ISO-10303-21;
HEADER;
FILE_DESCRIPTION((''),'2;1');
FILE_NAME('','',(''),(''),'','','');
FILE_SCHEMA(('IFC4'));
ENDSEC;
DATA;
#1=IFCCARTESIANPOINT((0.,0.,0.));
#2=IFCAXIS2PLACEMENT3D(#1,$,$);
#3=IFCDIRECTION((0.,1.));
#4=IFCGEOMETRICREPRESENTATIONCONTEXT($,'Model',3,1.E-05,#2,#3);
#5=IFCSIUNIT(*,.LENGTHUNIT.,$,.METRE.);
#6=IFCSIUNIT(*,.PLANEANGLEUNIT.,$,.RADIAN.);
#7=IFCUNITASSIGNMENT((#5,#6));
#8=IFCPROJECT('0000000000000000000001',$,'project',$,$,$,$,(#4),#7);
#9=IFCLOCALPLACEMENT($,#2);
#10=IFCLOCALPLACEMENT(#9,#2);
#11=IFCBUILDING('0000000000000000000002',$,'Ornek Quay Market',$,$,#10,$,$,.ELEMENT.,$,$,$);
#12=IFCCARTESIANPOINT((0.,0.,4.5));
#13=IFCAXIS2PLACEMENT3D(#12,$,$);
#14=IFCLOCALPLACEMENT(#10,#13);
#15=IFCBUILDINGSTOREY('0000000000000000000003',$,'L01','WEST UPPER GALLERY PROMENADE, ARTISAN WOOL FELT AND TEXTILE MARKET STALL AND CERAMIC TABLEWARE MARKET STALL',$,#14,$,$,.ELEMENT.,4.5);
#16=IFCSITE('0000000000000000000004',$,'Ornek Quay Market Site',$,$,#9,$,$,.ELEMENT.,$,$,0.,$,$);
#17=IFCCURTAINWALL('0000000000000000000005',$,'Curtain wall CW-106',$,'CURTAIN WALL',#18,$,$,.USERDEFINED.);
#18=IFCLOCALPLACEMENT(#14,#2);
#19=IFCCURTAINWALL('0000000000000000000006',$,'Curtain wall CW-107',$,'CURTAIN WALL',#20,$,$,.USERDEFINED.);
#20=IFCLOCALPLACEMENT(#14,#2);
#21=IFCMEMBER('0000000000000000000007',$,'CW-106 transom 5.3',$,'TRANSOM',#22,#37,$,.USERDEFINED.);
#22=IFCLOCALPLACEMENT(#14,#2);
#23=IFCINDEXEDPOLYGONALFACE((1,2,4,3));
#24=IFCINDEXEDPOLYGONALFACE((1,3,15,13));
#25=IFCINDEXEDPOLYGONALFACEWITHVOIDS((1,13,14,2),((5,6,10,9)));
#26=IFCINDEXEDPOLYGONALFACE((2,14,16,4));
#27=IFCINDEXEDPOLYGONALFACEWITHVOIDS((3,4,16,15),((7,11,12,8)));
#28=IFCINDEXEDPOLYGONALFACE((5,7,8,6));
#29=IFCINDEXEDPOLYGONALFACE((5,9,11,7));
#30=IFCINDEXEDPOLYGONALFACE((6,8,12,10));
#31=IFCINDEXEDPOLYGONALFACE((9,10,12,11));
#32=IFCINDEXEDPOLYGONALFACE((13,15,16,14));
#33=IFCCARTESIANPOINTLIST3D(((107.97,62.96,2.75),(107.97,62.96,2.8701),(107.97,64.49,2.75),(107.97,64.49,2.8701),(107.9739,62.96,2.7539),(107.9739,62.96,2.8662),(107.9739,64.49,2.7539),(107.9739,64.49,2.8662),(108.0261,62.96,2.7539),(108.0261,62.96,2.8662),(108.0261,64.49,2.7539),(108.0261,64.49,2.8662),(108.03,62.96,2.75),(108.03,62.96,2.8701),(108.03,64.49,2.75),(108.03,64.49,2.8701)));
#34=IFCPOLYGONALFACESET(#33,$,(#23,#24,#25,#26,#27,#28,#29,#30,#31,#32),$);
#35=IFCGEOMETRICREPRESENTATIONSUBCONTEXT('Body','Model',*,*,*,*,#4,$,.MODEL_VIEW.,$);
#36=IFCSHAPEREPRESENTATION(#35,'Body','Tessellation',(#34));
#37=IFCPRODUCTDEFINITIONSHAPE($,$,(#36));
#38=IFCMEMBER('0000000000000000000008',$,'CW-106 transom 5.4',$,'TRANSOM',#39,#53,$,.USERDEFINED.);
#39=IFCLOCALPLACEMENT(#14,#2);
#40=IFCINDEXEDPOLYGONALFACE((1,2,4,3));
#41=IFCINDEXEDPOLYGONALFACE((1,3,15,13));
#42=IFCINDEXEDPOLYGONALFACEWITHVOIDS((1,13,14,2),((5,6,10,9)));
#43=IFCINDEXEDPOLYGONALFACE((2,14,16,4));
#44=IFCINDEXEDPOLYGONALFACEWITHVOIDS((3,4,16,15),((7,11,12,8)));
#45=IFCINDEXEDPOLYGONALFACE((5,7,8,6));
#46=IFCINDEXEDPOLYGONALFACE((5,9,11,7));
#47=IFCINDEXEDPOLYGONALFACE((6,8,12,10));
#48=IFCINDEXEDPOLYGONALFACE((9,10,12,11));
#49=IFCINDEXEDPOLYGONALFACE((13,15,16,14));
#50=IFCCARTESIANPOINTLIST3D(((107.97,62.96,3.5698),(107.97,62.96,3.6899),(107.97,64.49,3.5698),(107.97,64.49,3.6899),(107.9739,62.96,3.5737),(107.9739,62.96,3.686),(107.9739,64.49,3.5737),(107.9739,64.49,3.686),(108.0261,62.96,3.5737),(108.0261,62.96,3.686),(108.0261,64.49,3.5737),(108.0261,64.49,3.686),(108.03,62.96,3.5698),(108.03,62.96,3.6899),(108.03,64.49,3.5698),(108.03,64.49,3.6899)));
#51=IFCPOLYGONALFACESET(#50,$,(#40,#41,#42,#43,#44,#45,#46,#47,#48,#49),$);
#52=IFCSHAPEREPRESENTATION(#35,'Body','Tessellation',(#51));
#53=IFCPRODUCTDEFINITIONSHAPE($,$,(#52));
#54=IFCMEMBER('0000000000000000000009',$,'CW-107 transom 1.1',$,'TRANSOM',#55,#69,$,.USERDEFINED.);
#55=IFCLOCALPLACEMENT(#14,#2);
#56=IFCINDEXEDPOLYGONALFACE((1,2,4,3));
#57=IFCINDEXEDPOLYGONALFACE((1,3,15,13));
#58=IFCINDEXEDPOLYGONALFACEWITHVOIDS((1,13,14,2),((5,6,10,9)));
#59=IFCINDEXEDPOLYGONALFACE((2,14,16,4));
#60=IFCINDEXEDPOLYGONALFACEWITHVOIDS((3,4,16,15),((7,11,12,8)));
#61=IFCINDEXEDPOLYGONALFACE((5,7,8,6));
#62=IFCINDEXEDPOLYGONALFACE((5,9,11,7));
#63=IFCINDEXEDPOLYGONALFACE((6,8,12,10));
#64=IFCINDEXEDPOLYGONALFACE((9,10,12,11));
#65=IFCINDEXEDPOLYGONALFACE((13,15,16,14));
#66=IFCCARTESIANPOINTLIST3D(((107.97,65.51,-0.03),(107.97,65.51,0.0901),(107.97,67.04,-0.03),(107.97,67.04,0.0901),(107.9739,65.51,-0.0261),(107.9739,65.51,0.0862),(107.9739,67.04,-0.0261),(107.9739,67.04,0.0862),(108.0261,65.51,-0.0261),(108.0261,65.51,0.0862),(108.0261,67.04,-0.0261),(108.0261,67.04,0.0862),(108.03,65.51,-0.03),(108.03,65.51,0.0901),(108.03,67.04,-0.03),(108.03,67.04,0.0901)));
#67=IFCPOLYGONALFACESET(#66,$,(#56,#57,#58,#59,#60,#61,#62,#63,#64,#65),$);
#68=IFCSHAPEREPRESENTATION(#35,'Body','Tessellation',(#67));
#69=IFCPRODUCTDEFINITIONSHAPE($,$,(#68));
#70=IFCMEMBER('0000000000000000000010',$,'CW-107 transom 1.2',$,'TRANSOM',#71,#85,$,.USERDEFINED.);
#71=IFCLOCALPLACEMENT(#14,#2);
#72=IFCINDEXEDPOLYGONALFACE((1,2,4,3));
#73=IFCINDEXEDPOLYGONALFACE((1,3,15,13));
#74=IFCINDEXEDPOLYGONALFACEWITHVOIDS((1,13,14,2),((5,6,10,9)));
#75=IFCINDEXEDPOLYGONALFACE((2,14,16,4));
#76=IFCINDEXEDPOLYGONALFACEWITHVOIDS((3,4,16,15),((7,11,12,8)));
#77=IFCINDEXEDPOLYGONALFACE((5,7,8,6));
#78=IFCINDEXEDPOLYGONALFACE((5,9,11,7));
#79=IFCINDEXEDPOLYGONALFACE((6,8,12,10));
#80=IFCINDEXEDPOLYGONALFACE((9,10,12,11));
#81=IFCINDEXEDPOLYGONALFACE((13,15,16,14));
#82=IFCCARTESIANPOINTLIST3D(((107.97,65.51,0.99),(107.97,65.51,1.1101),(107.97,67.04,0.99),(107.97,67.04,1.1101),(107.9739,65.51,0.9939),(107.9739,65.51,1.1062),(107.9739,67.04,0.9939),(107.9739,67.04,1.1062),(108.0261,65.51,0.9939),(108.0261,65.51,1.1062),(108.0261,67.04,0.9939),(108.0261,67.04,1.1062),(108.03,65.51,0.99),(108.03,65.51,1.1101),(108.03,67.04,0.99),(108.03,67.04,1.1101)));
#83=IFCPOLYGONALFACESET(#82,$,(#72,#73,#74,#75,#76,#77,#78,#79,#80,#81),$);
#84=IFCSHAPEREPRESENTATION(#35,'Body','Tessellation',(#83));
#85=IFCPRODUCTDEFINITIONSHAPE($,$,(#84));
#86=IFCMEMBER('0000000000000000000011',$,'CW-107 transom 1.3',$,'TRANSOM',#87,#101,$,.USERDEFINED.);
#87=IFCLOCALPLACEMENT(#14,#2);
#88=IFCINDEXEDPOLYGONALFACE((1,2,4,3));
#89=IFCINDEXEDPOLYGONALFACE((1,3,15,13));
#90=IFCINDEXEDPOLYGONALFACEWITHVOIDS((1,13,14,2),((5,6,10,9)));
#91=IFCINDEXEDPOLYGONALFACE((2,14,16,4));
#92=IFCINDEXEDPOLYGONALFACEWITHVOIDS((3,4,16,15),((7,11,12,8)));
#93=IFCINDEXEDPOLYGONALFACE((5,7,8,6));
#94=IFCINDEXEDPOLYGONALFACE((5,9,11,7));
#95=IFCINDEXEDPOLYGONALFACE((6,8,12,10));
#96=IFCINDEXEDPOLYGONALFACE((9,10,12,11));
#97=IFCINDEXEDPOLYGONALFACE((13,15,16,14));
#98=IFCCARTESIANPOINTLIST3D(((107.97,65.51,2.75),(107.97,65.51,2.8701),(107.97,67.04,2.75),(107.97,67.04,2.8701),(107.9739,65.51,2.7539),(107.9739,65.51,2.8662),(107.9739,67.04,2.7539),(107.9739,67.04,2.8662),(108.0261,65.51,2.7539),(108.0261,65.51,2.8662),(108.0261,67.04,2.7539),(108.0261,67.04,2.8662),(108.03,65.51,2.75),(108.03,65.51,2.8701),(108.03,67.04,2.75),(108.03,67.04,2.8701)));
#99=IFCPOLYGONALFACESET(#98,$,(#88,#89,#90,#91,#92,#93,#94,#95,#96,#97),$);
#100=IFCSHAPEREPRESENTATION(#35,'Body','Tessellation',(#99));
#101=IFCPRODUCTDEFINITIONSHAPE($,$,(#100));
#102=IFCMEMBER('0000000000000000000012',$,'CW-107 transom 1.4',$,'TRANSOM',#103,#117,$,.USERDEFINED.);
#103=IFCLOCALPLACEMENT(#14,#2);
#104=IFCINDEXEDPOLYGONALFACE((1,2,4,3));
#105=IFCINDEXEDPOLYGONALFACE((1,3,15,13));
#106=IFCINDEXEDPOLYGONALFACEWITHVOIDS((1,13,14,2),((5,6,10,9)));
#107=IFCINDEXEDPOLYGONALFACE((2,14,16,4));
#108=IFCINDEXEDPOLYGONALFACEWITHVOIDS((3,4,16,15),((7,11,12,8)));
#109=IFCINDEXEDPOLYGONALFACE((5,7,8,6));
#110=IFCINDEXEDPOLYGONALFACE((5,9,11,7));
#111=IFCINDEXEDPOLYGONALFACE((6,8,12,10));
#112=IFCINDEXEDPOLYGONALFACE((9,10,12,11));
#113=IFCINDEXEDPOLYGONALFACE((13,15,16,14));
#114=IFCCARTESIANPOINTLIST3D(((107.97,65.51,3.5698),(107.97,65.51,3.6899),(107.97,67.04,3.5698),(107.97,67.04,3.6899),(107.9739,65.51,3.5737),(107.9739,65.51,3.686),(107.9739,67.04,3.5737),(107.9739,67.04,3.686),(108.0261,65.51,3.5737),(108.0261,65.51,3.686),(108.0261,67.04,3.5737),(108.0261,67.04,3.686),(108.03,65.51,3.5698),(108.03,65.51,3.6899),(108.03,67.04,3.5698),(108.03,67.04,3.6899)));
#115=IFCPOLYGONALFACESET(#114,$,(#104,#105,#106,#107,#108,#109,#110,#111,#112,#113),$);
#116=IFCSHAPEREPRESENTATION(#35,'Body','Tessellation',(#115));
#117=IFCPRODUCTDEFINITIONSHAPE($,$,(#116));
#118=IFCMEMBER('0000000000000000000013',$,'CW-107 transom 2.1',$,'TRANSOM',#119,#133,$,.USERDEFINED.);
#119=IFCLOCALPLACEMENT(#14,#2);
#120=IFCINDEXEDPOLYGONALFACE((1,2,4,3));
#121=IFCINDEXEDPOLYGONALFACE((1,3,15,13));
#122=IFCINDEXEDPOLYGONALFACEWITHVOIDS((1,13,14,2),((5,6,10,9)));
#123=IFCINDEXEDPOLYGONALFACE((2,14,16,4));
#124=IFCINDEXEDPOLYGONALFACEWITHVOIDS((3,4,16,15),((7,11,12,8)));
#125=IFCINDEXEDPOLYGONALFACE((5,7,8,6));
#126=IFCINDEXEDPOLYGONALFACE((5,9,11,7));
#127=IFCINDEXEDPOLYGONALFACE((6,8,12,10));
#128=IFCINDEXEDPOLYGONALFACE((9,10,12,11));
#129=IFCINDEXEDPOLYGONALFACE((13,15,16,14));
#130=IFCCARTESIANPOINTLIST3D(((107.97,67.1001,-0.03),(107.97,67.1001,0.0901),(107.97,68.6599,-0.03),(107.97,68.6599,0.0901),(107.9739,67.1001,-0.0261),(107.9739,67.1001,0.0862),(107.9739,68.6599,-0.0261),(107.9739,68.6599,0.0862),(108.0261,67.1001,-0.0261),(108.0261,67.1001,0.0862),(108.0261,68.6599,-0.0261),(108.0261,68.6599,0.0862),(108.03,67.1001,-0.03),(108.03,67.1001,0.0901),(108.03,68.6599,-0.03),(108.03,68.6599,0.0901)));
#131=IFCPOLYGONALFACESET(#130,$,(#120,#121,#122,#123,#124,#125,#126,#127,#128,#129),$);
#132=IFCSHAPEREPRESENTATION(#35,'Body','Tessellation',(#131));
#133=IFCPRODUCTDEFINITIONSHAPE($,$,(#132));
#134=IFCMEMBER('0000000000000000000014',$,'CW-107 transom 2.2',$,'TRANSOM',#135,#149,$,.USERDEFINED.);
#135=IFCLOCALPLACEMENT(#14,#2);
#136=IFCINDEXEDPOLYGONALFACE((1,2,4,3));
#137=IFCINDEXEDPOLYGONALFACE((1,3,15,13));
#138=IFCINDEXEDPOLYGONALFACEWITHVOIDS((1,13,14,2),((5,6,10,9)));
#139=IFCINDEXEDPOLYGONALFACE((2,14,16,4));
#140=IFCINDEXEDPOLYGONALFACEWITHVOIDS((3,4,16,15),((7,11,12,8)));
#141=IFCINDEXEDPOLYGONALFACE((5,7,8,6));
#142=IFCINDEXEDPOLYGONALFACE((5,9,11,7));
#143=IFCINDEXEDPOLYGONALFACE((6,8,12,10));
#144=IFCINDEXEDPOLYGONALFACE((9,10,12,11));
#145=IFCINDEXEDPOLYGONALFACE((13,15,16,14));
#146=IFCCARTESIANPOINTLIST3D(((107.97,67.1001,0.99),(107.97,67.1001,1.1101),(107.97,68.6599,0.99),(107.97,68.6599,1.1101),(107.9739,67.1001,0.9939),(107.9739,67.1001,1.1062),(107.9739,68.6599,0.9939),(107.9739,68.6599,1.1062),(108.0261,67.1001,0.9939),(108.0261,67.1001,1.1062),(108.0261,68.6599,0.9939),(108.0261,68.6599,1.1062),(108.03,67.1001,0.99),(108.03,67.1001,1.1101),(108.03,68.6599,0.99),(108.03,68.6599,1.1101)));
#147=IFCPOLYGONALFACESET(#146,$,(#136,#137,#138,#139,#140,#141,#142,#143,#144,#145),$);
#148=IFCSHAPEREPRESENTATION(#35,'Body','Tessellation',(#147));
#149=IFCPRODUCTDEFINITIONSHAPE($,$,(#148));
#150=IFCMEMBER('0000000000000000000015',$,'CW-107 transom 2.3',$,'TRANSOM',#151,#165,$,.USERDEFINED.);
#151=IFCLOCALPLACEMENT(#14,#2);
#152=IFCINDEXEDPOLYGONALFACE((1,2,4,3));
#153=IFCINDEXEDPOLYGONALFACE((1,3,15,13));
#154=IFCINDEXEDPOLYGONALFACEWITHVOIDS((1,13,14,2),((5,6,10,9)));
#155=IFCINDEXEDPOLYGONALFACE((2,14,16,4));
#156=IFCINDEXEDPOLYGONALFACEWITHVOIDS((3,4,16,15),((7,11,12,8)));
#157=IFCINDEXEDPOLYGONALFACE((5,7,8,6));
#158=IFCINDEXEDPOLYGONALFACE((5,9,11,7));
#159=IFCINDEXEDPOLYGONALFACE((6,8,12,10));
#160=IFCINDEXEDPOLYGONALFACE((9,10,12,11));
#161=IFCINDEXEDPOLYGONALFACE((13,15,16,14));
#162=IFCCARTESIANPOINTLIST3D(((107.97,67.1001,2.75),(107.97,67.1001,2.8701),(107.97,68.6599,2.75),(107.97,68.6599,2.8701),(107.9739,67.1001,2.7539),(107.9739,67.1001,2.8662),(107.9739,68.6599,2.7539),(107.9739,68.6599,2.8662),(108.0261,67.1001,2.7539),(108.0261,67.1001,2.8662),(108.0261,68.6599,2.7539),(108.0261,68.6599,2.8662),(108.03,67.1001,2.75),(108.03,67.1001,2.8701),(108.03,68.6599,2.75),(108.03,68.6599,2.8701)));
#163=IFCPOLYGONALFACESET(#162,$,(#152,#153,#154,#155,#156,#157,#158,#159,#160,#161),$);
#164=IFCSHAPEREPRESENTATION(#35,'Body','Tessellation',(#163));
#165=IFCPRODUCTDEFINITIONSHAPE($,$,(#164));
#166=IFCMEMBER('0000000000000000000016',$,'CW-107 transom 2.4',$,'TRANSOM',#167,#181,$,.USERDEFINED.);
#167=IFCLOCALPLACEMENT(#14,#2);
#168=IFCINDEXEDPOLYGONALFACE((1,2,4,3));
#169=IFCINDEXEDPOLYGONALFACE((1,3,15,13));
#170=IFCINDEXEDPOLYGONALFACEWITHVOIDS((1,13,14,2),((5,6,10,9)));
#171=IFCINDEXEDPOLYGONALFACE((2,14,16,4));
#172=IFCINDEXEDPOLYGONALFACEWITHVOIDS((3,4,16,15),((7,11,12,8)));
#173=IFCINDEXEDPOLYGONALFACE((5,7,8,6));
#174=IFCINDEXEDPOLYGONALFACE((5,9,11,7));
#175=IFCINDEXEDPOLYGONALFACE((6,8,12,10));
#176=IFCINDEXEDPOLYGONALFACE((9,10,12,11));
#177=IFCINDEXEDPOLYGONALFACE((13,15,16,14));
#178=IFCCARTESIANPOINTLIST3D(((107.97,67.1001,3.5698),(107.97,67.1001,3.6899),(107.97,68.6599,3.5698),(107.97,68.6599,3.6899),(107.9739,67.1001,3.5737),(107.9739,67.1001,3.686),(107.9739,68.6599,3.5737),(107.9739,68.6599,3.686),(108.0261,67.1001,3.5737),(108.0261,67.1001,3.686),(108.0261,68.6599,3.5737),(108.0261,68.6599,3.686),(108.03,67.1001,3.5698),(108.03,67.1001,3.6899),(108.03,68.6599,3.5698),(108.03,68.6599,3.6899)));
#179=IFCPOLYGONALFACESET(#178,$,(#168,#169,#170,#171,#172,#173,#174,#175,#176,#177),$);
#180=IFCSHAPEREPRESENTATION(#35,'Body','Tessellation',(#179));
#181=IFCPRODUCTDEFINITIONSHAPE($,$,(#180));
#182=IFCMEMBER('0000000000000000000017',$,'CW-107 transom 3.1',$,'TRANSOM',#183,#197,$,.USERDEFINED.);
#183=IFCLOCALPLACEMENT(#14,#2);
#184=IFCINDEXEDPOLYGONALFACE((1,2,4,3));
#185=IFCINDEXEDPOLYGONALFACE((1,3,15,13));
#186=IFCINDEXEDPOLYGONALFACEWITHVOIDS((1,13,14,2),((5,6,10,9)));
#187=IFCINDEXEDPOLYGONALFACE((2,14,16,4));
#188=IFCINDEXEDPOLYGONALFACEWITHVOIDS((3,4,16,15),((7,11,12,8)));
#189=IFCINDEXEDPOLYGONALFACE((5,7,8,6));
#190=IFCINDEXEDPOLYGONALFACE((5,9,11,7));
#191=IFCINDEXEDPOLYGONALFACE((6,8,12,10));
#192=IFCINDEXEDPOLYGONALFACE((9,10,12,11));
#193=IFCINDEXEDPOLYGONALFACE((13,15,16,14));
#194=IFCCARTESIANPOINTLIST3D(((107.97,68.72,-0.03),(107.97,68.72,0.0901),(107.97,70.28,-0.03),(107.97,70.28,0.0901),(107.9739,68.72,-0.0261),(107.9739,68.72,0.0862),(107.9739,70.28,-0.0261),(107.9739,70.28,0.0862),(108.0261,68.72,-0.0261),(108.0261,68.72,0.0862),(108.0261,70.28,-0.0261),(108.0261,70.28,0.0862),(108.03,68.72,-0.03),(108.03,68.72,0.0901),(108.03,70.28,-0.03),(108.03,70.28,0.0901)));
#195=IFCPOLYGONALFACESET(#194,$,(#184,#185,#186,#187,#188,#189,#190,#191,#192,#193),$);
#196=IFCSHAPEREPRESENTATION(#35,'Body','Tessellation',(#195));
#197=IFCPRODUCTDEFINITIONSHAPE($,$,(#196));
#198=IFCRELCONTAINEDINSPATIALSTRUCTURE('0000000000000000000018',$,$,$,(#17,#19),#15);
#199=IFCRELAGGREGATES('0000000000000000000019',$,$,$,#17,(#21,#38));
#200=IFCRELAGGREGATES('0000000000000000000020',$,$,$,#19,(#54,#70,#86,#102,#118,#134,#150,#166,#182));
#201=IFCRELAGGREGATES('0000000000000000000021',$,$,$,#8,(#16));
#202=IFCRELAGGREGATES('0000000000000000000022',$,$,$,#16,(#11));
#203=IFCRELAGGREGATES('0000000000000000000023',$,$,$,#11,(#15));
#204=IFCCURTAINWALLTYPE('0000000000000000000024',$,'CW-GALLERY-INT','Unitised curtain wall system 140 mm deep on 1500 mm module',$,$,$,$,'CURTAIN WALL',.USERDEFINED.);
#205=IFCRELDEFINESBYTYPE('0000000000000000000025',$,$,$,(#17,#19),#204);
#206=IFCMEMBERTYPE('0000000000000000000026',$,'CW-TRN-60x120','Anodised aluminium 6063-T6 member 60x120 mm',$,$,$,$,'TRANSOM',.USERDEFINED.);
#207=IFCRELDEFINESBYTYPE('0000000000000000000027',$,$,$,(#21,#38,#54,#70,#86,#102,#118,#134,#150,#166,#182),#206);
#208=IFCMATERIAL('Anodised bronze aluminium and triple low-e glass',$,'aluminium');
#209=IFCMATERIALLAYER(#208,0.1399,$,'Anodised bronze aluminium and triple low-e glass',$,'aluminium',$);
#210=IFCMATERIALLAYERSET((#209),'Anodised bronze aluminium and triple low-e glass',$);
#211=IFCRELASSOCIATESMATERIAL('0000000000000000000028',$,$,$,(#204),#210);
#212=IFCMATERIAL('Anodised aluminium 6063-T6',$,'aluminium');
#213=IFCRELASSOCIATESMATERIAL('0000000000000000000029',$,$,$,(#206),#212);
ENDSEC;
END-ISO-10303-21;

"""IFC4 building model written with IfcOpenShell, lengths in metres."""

from ifc_helpers import new_model, si_unit, direction, frame, origin, origin_2d, place, context, subcontext, project, spatial, hollow_rectangle, extrude, material, layer, layer_set, material_profile, profile_set, type_object, element, aggregate, save


model = new_model("IFC4")

# Units and contexts
model_context = context("Model", 3, precision=1e-05, world=origin(), true_north=direction((0.0, 1.0)))
body_context = subcontext(model_context, "Body", "Model", "MODEL_VIEW")
ifc_project = project(units=[si_unit("LENGTHUNIT", "METRE"), si_unit("PLANEANGLEUNIT", "RADIAN")], contexts=[model_context])

# Site, building, storey
site_placement = place(None, origin())
site = spatial("IfcSite", under=ifc_project, at=site_placement, Name="Ornek Quay Market Site", CompositionType="ELEMENT", RefElevation=0.0)
building_placement = place(site_placement, origin())
building = spatial("IfcBuilding", under=site, at=building_placement, Name="Ornek Quay Market", CompositionType="ELEMENT")
storey_placement = place(building_placement, frame((0.0, 0.0, 4.5)))
storey = spatial("IfcBuildingStorey", under=building, at=storey_placement, Name="L01", Description="WEST UPPER GALLERY PROMENADE, ARTISAN WOOL FELT AND TEXTILE MARKET STALL AND CERAMIC TABLEWARE MARKET STALL", CompositionType="ELEMENT", Elevation=4.5)

# Curtain walls
ifc_material_1 = material(Name="Anodised bronze aluminium and triple low-e glass", Category="aluminium")
ifc_layer_1 = layer(ifc_material_1, 0.1399, Name="Anodised bronze aluminium and triple low-e glass", Category="aluminium")
ifc_layer_set_1 = layer_set([ifc_layer_1], Name="Anodised bronze aluminium and triple low-e glass")
curtain_wall_type = type_object("IfcCurtainWallType", Name="CW-GALLERY-INT", Description="Unitised curtain wall system 140 mm deep on 1500 mm module", ElementType="CURTAIN WALL", PredefinedType="USERDEFINED", material=ifc_layer_set_1)
curtain_wall_1_placement = place(storey_placement, origin())
curtain_wall_1 = element("IfcCurtainWall", 1, at=curtain_wall_1_placement, inside=storey, type_object=curtain_wall_type, Name="Curtain wall CW-106", ObjectType="CURTAIN WALL", PredefinedType="USERDEFINED")
ifc_material_2 = material(Name="Anodised aluminium 6063-T6", Category="aluminium")
curtain_wall_2_placement = place(storey_placement, origin())
curtain_wall_2 = element("IfcCurtainWall", 2, at=curtain_wall_2_placement, inside=storey, type_object=curtain_wall_type, Name="Curtain wall CW-107", ObjectType="CURTAIN WALL", PredefinedType="USERDEFINED")

# Members
ifc_material_profile_1 = material_profile(ifc_material_2, hollow_rectangle(XDim=0.0601, YDim=0.1201, WallThickness=0.0039, at=origin_2d()), Name="CW-TRN-60x120", Category="aluminium")
ifc_profile_set_1 = profile_set([ifc_material_profile_1], Name="Anodised aluminium 6063-T6")
member_type_1 = type_object("IfcMemberType", Name="CW-TRN-60x120", Description="Anodised aluminium 6063-T6 member 60x120 mm", ElementType="TRANSOM", PredefinedType="USERDEFINED", material=ifc_profile_set_1)
member_1_placement = place(storey_placement, frame((108.0, 62.96, 2.8101), z_axis=(0.0, 1.0, 0.0), x_axis=(-1.0, 0.0, 0.0)))
member_1 = element("IfcMember", 3, at=member_1_placement, type_object=member_type_1, Name="CW-106 transom 5.3", ObjectType="TRANSOM", PredefinedType="USERDEFINED", context=body_context, shape_type="SweptSolid", body=[
    extrude(hollow_rectangle(XDim=0.0601, YDim=0.1201, WallThickness=0.0039, at=origin_2d()), origin(), (0.0, 0.0, 1.0), 1.53),
])
member_2_placement = place(storey_placement, frame((108.0, 62.96, 3.6299), z_axis=(0.0, 1.0, 0.0), x_axis=(-1.0, 0.0, 0.0)))
member_2 = element("IfcMember", 4, at=member_2_placement, type_object=member_type_1, Name="CW-106 transom 5.4", ObjectType="TRANSOM", PredefinedType="USERDEFINED", context=body_context, shape_type="SweptSolid", body=[
    extrude(hollow_rectangle(XDim=0.0601, YDim=0.1201, WallThickness=0.0039, at=origin_2d()), origin(), (0.0, 0.0, 1.0), 1.53),
])
member_3_placement = place(storey_placement, frame((108.0, 65.51, 0.03), z_axis=(0.0, 1.0, 0.0), x_axis=(-1.0, 0.0, 0.0)))
member_3 = element("IfcMember", 5, at=member_3_placement, type_object=member_type_1, Name="CW-107 transom 1.1", ObjectType="TRANSOM", PredefinedType="USERDEFINED", context=body_context, shape_type="SweptSolid", body=[
    extrude(hollow_rectangle(XDim=0.0601, YDim=0.1201, WallThickness=0.0039, at=origin_2d()), origin(), (0.0, 0.0, 1.0), 1.53),
])
member_4_placement = place(storey_placement, frame((108.0, 65.51, 1.05), z_axis=(0.0, 1.0, 0.0), x_axis=(-1.0, 0.0, 0.0)))
member_4 = element("IfcMember", 6, at=member_4_placement, type_object=member_type_1, Name="CW-107 transom 1.2", ObjectType="TRANSOM", PredefinedType="USERDEFINED", context=body_context, shape_type="SweptSolid", body=[
    extrude(hollow_rectangle(XDim=0.0601, YDim=0.1201, WallThickness=0.0039, at=origin_2d()), origin(), (0.0, 0.0, 1.0), 1.53),
])
member_5_placement = place(storey_placement, frame((108.0, 65.51, 2.8101), z_axis=(0.0, 1.0, 0.0), x_axis=(-1.0, 0.0, 0.0)))
member_5 = element("IfcMember", 7, at=member_5_placement, type_object=member_type_1, Name="CW-107 transom 1.3", ObjectType="TRANSOM", PredefinedType="USERDEFINED", context=body_context, shape_type="SweptSolid", body=[
    extrude(hollow_rectangle(XDim=0.0601, YDim=0.1201, WallThickness=0.0039, at=origin_2d()), origin(), (0.0, 0.0, 1.0), 1.53),
])
member_6_placement = place(storey_placement, frame((108.0, 65.51, 3.6299), z_axis=(0.0, 1.0, 0.0), x_axis=(-1.0, 0.0, 0.0)))
member_6 = element("IfcMember", 8, at=member_6_placement, type_object=member_type_1, Name="CW-107 transom 1.4", ObjectType="TRANSOM", PredefinedType="USERDEFINED", context=body_context, shape_type="SweptSolid", body=[
    extrude(hollow_rectangle(XDim=0.0601, YDim=0.1201, WallThickness=0.0039, at=origin_2d()), origin(), (0.0, 0.0, 1.0), 1.53),
])
member_7_placement = place(storey_placement, frame((108.0, 67.1001, 0.03), z_axis=(0.0, 1.0, 0.0), x_axis=(-1.0, 0.0, 0.0)))
member_7 = element("IfcMember", 9, at=member_7_placement, type_object=member_type_1, Name="CW-107 transom 2.1", ObjectType="TRANSOM", PredefinedType="USERDEFINED", context=body_context, shape_type="SweptSolid", body=[
    extrude(hollow_rectangle(XDim=0.0601, YDim=0.1201, WallThickness=0.0039, at=origin_2d()), origin(), (0.0, 0.0, 1.0), 1.5598),
])
member_8_placement = place(storey_placement, frame((108.0, 67.1001, 1.05), z_axis=(0.0, 1.0, 0.0), x_axis=(-1.0, 0.0, 0.0)))
member_8 = element("IfcMember", 10, at=member_8_placement, type_object=member_type_1, Name="CW-107 transom 2.2", ObjectType="TRANSOM", PredefinedType="USERDEFINED", context=body_context, shape_type="SweptSolid", body=[
    extrude(hollow_rectangle(XDim=0.0601, YDim=0.1201, WallThickness=0.0039, at=origin_2d()), origin(), (0.0, 0.0, 1.0), 1.5598),
])
member_9_placement = place(storey_placement, frame((108.0, 67.1001, 2.8101), z_axis=(0.0, 1.0, 0.0), x_axis=(-1.0, 0.0, 0.0)))
member_9 = element("IfcMember", 11, at=member_9_placement, type_object=member_type_1, Name="CW-107 transom 2.3", ObjectType="TRANSOM", PredefinedType="USERDEFINED", context=body_context, shape_type="SweptSolid", body=[
    extrude(hollow_rectangle(XDim=0.0601, YDim=0.1201, WallThickness=0.0039, at=origin_2d()), origin(), (0.0, 0.0, 1.0), 1.5598),
])
member_10_placement = place(storey_placement, frame((108.0, 67.1001, 3.6299), z_axis=(0.0, 1.0, 0.0), x_axis=(-1.0, 0.0, 0.0)))
member_10 = element("IfcMember", 12, at=member_10_placement, type_object=member_type_1, Name="CW-107 transom 2.4", ObjectType="TRANSOM", PredefinedType="USERDEFINED", context=body_context, shape_type="SweptSolid", body=[
    extrude(hollow_rectangle(XDim=0.0601, YDim=0.1201, WallThickness=0.0039, at=origin_2d()), origin(), (0.0, 0.0, 1.0), 1.5598),
])
member_11_placement = place(storey_placement, frame((108.0, 68.72, 0.03), z_axis=(0.0, 1.0, 0.0), x_axis=(-1.0, 0.0, 0.0)))
member_11 = element("IfcMember", 13, at=member_11_placement, type_object=member_type_1, Name="CW-107 transom 3.1", ObjectType="TRANSOM", PredefinedType="USERDEFINED", context=body_context, shape_type="SweptSolid", body=[
    extrude(hollow_rectangle(XDim=0.0601, YDim=0.1201, WallThickness=0.0039, at=origin_2d()), origin(), (0.0, 0.0, 1.0), 1.5601),
])

aggregate(curtain_wall_1, [member_1, member_2])
aggregate(curtain_wall_2, [member_3, member_4, member_5, member_6, member_7, member_8, member_9, member_10, member_11])

save(model, "model.ifc")
